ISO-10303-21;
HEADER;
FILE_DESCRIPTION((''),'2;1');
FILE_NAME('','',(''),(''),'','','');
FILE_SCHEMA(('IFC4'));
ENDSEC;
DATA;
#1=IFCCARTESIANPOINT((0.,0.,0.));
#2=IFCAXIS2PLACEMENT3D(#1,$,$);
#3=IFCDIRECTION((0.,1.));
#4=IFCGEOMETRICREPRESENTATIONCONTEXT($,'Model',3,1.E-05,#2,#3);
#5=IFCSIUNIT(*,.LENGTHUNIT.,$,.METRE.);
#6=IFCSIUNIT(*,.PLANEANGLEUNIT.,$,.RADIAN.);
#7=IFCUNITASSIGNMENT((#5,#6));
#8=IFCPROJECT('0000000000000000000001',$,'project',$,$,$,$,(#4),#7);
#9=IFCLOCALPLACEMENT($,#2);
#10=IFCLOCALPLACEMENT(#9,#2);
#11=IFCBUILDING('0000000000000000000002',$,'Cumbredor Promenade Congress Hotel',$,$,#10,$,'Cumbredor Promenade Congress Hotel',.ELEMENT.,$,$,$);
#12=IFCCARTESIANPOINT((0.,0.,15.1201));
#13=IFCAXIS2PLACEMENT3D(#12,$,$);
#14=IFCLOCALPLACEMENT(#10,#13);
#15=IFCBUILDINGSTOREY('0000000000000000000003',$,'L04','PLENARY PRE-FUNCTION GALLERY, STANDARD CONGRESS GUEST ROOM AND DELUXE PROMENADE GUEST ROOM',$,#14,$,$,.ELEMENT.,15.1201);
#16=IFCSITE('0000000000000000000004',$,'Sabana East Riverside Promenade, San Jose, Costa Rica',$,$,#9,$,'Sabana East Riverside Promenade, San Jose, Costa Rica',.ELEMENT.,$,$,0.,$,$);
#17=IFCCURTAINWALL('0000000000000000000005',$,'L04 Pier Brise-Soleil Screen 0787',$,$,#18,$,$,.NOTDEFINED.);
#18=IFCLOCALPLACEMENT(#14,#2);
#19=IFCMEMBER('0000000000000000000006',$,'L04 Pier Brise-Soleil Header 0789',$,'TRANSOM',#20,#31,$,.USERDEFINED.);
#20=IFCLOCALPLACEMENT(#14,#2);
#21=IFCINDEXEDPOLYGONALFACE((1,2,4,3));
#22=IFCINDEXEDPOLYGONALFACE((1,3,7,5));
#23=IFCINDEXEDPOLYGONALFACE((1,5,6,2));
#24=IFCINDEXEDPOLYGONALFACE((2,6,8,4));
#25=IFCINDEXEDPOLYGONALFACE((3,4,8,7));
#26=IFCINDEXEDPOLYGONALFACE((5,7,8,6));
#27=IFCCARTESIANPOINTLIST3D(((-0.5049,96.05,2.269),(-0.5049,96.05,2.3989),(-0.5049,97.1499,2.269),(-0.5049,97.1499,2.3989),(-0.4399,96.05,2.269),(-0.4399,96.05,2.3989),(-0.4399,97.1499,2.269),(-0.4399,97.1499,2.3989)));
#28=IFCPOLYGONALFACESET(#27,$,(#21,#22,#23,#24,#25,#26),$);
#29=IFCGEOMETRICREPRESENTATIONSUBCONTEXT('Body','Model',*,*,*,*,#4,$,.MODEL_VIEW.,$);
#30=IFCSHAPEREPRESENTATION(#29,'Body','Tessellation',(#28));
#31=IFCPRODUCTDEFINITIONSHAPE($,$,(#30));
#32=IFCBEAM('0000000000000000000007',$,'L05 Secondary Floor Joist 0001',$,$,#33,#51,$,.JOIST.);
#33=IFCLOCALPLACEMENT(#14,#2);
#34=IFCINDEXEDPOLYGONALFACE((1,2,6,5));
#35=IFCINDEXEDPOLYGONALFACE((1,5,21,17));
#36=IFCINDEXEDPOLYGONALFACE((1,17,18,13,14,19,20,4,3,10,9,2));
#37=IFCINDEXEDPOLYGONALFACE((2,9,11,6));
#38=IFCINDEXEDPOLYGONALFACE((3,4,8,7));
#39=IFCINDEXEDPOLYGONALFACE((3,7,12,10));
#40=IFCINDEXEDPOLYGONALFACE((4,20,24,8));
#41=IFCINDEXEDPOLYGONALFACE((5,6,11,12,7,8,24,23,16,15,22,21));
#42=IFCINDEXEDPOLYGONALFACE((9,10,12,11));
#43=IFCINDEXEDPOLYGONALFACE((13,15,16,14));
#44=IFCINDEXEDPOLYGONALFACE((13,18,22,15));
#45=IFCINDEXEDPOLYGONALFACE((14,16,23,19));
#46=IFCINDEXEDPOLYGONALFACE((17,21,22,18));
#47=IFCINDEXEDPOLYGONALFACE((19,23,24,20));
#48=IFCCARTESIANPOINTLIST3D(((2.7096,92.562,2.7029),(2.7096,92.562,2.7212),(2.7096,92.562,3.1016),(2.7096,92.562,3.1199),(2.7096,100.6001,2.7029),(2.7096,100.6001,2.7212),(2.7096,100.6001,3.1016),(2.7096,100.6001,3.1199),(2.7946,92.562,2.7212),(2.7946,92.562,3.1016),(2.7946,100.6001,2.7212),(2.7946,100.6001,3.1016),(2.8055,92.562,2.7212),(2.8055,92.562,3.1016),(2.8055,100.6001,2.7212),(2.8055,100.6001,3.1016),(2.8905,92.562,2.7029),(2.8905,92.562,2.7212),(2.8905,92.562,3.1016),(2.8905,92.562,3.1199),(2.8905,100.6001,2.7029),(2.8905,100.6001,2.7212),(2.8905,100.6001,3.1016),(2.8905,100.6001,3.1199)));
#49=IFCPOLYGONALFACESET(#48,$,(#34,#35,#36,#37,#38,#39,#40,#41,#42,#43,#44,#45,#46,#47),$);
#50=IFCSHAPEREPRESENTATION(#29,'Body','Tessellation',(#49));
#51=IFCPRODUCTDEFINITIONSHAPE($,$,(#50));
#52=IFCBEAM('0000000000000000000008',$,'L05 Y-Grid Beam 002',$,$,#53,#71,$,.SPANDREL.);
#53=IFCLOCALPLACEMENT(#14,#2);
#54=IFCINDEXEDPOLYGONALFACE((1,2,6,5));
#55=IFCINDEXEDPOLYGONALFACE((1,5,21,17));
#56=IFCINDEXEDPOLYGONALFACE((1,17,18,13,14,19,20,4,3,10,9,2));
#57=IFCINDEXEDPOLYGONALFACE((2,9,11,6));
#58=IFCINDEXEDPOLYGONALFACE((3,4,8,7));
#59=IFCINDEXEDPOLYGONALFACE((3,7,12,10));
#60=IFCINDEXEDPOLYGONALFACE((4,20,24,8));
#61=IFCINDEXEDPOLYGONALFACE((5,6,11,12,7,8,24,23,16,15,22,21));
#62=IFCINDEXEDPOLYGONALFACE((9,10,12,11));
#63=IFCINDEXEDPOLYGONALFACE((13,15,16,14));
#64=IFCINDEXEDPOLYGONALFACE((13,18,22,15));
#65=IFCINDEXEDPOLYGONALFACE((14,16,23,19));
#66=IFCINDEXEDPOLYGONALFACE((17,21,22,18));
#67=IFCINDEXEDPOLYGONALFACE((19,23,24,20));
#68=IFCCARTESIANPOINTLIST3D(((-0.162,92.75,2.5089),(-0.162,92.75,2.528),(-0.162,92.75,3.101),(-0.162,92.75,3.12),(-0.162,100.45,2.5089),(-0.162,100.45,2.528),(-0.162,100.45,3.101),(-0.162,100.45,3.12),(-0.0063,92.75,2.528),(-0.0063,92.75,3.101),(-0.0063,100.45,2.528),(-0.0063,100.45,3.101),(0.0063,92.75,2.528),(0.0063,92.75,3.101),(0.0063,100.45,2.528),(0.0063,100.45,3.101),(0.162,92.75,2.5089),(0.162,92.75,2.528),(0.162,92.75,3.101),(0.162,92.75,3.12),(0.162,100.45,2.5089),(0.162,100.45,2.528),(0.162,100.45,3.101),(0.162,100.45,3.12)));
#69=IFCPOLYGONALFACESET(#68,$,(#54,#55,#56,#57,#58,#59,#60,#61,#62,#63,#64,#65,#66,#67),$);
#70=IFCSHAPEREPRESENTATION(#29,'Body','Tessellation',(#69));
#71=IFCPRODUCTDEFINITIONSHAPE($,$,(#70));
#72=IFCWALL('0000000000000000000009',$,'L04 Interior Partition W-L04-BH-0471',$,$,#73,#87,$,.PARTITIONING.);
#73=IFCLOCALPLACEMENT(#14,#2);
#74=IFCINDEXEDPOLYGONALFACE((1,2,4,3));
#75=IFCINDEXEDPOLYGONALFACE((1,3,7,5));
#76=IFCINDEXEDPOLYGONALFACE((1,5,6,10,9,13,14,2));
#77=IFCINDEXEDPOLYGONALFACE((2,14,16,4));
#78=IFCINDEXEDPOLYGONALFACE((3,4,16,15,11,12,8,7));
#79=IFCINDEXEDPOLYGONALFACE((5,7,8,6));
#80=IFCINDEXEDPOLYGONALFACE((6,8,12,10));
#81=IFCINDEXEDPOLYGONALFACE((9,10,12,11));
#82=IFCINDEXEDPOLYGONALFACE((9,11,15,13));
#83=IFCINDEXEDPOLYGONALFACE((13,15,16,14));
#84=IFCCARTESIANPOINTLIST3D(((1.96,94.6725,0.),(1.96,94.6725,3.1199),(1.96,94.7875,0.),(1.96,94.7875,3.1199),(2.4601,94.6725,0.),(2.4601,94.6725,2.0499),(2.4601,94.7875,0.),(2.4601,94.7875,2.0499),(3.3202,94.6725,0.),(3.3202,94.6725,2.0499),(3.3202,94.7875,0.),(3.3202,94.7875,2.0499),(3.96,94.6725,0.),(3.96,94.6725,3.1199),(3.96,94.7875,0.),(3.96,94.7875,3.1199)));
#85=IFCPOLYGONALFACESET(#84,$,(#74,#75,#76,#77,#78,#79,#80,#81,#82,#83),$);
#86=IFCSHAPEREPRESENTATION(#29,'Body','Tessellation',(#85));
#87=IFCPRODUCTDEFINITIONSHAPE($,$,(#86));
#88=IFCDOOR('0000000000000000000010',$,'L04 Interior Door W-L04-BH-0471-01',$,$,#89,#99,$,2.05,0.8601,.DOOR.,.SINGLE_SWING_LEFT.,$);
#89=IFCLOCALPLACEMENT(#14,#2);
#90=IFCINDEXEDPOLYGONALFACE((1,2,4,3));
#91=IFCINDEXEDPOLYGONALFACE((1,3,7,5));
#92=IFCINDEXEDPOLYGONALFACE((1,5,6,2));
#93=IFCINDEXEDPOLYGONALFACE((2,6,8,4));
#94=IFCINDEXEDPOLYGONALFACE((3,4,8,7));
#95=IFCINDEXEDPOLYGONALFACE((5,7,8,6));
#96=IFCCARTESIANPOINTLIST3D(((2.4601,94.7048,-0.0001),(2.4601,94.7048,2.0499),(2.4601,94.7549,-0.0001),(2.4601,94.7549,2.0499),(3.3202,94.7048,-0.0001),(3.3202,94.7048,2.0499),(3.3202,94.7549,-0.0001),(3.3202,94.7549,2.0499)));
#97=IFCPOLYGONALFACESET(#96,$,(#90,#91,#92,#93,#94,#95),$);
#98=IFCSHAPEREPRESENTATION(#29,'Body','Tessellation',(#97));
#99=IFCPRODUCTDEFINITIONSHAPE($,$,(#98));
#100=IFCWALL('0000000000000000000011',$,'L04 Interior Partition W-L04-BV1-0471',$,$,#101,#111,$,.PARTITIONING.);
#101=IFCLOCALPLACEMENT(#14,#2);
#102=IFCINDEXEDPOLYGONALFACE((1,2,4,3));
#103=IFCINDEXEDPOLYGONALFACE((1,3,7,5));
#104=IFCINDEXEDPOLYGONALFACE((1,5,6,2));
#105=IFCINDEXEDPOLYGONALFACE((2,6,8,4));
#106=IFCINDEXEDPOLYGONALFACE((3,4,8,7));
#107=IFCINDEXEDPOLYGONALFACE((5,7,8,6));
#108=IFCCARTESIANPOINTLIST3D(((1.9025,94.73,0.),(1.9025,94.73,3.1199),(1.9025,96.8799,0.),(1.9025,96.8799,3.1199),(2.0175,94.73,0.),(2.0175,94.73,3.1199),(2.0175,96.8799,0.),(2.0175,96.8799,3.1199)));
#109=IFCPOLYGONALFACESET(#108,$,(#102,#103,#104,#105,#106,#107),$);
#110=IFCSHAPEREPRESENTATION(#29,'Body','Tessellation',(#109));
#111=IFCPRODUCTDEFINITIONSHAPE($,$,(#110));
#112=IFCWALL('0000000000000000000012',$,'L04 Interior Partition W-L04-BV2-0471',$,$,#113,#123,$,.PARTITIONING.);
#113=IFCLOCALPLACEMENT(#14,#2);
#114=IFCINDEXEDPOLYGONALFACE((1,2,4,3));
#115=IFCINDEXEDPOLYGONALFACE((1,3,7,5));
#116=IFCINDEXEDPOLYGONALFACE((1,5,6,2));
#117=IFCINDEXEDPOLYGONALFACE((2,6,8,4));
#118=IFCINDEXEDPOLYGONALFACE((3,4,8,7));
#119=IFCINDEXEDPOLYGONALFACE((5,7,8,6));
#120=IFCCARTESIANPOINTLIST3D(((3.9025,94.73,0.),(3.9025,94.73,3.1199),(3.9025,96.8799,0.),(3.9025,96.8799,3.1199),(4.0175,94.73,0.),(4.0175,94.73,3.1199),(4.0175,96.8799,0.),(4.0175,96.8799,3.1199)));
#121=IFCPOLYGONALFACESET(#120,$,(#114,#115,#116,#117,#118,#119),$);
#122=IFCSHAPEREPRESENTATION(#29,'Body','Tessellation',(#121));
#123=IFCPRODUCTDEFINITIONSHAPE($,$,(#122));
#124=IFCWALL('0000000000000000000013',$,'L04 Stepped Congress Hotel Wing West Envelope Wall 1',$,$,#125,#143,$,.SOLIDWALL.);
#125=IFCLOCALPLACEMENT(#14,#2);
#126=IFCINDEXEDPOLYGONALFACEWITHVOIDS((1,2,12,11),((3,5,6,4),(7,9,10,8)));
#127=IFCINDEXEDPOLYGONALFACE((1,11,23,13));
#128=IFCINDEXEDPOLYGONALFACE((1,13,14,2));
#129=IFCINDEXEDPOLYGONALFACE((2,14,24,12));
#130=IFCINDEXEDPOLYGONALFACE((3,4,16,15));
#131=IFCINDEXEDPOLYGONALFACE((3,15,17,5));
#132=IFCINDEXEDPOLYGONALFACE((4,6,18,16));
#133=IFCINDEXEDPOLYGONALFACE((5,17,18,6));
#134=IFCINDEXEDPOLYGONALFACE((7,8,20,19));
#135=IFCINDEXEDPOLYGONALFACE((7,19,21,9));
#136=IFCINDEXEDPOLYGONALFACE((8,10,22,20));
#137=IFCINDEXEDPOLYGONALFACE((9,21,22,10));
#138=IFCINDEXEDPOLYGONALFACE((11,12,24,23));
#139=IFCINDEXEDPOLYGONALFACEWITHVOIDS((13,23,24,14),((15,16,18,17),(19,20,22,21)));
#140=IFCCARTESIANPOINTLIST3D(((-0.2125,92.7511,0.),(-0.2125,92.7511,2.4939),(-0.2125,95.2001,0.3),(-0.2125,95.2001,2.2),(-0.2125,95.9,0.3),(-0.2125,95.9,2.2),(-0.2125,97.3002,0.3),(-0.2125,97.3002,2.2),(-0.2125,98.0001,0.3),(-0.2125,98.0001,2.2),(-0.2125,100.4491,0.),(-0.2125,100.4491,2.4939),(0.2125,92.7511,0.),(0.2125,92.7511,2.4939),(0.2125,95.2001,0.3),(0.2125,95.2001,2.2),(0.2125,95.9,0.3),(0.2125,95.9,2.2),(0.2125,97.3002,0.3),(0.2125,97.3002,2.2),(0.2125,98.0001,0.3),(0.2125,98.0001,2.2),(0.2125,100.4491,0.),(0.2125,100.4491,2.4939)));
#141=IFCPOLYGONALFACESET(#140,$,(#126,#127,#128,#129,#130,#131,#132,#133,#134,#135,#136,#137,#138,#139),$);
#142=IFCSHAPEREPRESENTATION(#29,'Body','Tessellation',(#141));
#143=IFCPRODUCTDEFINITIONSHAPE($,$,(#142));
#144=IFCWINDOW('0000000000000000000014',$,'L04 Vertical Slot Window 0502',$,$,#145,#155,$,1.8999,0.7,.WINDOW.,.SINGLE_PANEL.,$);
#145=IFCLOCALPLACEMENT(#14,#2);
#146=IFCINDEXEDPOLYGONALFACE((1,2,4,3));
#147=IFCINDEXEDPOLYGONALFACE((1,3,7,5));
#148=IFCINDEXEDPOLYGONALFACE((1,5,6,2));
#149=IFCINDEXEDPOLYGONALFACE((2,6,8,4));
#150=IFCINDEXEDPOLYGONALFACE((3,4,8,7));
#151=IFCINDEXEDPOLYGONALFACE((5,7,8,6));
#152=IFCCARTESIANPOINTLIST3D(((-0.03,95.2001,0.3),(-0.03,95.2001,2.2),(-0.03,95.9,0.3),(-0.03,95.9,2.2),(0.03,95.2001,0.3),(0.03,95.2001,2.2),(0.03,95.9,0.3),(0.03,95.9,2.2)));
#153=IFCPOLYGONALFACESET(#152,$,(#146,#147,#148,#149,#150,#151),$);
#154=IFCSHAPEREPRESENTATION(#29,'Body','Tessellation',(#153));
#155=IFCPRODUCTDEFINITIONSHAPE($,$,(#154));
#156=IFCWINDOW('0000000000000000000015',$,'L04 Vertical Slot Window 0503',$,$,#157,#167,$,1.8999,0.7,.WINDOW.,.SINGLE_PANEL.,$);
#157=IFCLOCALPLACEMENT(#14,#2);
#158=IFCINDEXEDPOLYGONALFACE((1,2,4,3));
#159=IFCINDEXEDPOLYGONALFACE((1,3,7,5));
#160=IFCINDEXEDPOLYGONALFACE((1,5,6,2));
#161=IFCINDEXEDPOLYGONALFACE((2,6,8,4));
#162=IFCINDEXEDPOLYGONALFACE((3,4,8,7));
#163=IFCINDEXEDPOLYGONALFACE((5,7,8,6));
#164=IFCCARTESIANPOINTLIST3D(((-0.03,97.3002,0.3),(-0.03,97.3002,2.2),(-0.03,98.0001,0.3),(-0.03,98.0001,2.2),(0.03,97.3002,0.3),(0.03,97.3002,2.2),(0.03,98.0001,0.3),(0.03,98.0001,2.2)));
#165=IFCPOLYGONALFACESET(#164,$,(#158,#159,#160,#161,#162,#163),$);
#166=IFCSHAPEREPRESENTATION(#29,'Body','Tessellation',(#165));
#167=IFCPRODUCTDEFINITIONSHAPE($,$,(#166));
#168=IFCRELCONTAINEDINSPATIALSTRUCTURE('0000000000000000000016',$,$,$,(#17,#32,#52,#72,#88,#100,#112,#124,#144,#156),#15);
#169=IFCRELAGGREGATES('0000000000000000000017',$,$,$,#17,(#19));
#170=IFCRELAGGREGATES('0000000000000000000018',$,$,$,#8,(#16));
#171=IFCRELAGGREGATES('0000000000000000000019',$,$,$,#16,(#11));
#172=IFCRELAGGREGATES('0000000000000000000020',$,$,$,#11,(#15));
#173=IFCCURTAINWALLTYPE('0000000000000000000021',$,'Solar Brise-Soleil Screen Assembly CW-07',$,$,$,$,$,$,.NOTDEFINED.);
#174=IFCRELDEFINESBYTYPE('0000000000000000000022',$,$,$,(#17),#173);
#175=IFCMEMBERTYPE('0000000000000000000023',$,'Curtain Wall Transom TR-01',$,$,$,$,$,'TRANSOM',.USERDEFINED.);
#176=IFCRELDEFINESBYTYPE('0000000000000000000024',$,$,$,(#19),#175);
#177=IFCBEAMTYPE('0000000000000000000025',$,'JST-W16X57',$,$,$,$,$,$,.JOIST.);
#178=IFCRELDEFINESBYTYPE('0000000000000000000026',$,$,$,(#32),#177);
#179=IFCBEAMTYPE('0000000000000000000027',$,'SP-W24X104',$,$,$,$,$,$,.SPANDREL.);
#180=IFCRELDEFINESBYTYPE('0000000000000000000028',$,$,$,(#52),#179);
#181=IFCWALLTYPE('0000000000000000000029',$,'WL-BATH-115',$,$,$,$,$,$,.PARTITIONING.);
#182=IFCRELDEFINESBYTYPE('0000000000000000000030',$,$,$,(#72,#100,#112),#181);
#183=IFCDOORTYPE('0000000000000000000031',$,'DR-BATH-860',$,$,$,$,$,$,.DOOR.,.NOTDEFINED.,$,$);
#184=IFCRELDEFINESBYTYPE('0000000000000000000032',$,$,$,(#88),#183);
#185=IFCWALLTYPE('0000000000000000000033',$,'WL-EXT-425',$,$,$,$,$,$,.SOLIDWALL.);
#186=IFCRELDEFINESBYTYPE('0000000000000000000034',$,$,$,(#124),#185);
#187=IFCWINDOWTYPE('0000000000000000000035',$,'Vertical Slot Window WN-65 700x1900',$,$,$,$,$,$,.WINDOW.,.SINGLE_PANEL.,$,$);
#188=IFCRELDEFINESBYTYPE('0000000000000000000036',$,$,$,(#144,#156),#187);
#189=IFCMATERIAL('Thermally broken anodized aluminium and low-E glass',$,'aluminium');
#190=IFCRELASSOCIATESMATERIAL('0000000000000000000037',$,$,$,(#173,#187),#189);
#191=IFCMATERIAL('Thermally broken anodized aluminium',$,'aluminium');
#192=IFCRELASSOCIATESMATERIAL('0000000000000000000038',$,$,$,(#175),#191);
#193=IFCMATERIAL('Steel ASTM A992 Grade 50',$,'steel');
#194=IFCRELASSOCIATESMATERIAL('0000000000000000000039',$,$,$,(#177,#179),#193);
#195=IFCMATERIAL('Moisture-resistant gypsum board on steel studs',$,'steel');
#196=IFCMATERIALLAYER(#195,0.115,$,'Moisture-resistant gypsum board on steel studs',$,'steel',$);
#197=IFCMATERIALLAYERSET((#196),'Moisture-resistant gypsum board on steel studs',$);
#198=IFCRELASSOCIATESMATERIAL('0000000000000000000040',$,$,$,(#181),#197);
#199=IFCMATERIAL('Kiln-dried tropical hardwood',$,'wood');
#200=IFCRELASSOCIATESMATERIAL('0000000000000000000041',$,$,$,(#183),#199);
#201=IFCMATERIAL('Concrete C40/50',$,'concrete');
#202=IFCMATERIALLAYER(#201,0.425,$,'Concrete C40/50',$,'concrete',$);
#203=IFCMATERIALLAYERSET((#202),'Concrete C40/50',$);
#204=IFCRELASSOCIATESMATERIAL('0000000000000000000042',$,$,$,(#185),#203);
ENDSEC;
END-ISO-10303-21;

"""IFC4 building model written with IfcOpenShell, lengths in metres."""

from ifc_helpers import new_model, si_unit, direction, frame, frame_2d, origin, origin_2d, place, context, subcontext, project, spatial, rectangle, i_section, extrude, material, layer, layer_set, material_profile, profile_set, type_object, element, fill, aggregate, save


model = new_model("IFC4")

# Units and contexts
model_context = context("Model", 3, precision=1e-05, world=origin(), true_north=direction((0.0, 1.0)))
body_context = subcontext(model_context, "Body", "Model", "MODEL_VIEW")
ifc_project = project(units=[si_unit("LENGTHUNIT", "METRE"), si_unit("PLANEANGLEUNIT", "RADIAN")], contexts=[model_context])

# Site, building, storey
site_placement = place(None, origin())
site = spatial("IfcSite", under=ifc_project, at=site_placement, Name="Sabana East Riverside Promenade, San Jose, Costa Rica", LongName="Sabana East Riverside Promenade, San Jose, Costa Rica", CompositionType="ELEMENT", RefElevation=0.0)
building_placement = place(site_placement, origin())
building = spatial("IfcBuilding", under=site, at=building_placement, Name="Cumbredor Promenade Congress Hotel", LongName="Cumbredor Promenade Congress Hotel", CompositionType="ELEMENT")
storey_placement = place(building_placement, frame((0.0, 0.0, 15.1201)))
storey = spatial("IfcBuildingStorey", under=building, at=storey_placement, Name="L04", Description="PLENARY PRE-FUNCTION GALLERY, STANDARD CONGRESS GUEST ROOM AND DELUXE PROMENADE GUEST ROOM", CompositionType="ELEMENT", Elevation=15.1201)

# Curtain wall, member
ifc_material_1 = material(Name="Thermally broken anodized aluminium and low-E glass", Category="aluminium")
curtain_wall_type = type_object("IfcCurtainWallType", Name="Solar Brise-Soleil Screen Assembly CW-07", PredefinedType="NOTDEFINED", material=ifc_material_1)
curtain_wall_placement = place(storey_placement, origin())
curtain_wall = element("IfcCurtainWall", 1, at=curtain_wall_placement, inside=storey, type_object=curtain_wall_type, Name="L04 Pier Brise-Soleil Screen 0787", PredefinedType="NOTDEFINED")
ifc_material_2 = material(Name="Thermally broken anodized aluminium", Category="aluminium")
ifc_material_profile_1 = material_profile(ifc_material_2, rectangle(XDim=0.0649, YDim=0.1299, at=origin_2d()), Name="ALU TRANSOM 65x130")
ifc_profile_set_1 = profile_set([ifc_material_profile_1], Name="Thermally broken anodized aluminium")
member_type = type_object("IfcMemberType", Name="Curtain Wall Transom TR-01", ElementType="TRANSOM", PredefinedType="USERDEFINED", material=ifc_profile_set_1)
member_placement = place(storey_placement, frame((-0.4724, 96.05, 2.334), z_axis=(0.0, 1.0, 0.0), x_axis=(-1.0, 0.0, 0.0)))
member = element("IfcMember", 2, at=member_placement, type_object=member_type, Name="L04 Pier Brise-Soleil Header 0789", ObjectType="TRANSOM", PredefinedType="USERDEFINED", context=body_context, shape_type="SweptSolid", body=[
    extrude(rectangle(XDim=0.0649, YDim=0.1299, at=origin_2d()), origin(), (0.0, 0.0, 1.0), 1.0999),
])
aggregate(curtain_wall, [member])

# Beams
ifc_material_3 = material(Name="Steel ASTM A992 Grade 50", Category="steel")
ifc_material_profile_2 = material_profile(ifc_material_3, i_section(OverallWidth=0.1809, OverallDepth=0.417, WebThickness=0.011, FlangeThickness=0.0183, at=origin_2d()), Name="W16X57")
ifc_profile_set_2 = profile_set([ifc_material_profile_2], Name="Steel ASTM A992 Grade 50")
beam_type_1 = type_object("IfcBeamType", Name="JST-W16X57", PredefinedType="JOIST", material=ifc_profile_set_2)
beam_1_placement = place(storey_placement, frame((2.8, 92.562, 2.9114), z_axis=(0.0, 1.0, 0.0), x_axis=(-1.0, 0.0, 0.0)))
element("IfcBeam", 3, at=beam_1_placement, inside=storey, type_object=beam_type_1, Name="L05 Secondary Floor Joist 0001", PredefinedType="JOIST", context=body_context, shape_type="SweptSolid", body=[
    extrude(i_section(OverallWidth=0.1809, OverallDepth=0.417, WebThickness=0.011, FlangeThickness=0.0183, at=origin_2d()), origin(), (0.0, 0.0, 1.0), 8.0381),
])
ifc_material_profile_3 = material_profile(ifc_material_3, i_section(OverallWidth=0.324, OverallDepth=0.6111, WebThickness=0.0127, FlangeThickness=0.019, at=origin_2d()), Name="W24X104")
ifc_profile_set_3 = profile_set([ifc_material_profile_3], Name="Steel ASTM A992 Grade 50")
beam_type_2 = type_object("IfcBeamType", Name="SP-W24X104", PredefinedType="SPANDREL", material=ifc_profile_set_3)
beam_2_placement = place(storey_placement, frame((0.0, 92.75, 2.8145), z_axis=(0.0, 1.0, 0.0), x_axis=(-1.0, 0.0, 0.0)))
element("IfcBeam", 4, at=beam_2_placement, inside=storey, type_object=beam_type_2, Name="L05 Y-Grid Beam 002", PredefinedType="SPANDREL", context=body_context, shape_type="SweptSolid", body=[
    extrude(i_section(OverallWidth=0.324, OverallDepth=0.6111, WebThickness=0.0127, FlangeThickness=0.019, at=origin_2d()), origin(), (0.0, 0.0, 1.0), 7.7),
])

# Wall, opening, door
ifc_material_4 = material(Name="Moisture-resistant gypsum board on steel studs", Category="steel")
ifc_layer_1 = layer(ifc_material_4, 0.115, Name="Moisture-resistant gypsum board on steel studs", Category="steel")
ifc_layer_set_1 = layer_set([ifc_layer_1], Name="Moisture-resistant gypsum board on steel studs")
wall_type_1 = type_object("IfcWallType", Name="WL-BATH-115", PredefinedType="PARTITIONING", material=ifc_layer_set_1)
wall_1_placement = place(storey_placement, frame((1.96, 94.73, 0.0), z_axis=(0.0, 0.0, 1.0), x_axis=(1.0, 0.0, 0.0)))
wall_1 = element("IfcWall", 5, at=wall_1_placement, inside=storey, type_object=wall_type_1, Name="L04 Interior Partition W-L04-BH-0471", PredefinedType="PARTITIONING", context=body_context, shape_type="SweptSolid", body=[
    extrude(rectangle(XDim=2.0, YDim=0.115, at=frame_2d((1.0, 0.0))), origin(), (0.0, 0.0, 1.0), 3.1199),
])
opening_1_placement = place(wall_1_placement, frame((0.5, 0.0, 0.0)))
opening_1 = element("IfcOpeningElement", 6, at=opening_1_placement, cuts=wall_1, PredefinedType="OPENING", context=body_context, shape_type="SweptSolid", body=[
    extrude(rectangle(XDim=0.8601, YDim=2.05, at=frame_2d((0.4302, 1.0249))), frame((0.0, 0.0674, 0.0), z_axis=(0.0, -1.0, 0.0), x_axis=(1.0, 0.0, 0.0)), (0.0, 0.0, 1.0), 0.135),
])
ifc_material_5 = material(Name="Kiln-dried tropical hardwood", Category="wood")
door_type = type_object("IfcDoorType", Name="DR-BATH-860", OperationType="NOTDEFINED", PredefinedType="DOOR", material=ifc_material_5)
door_placement = place(opening_1_placement, origin())
door = element("IfcDoor", 7, at=door_placement, inside=storey, type_object=door_type, Name="L04 Interior Door W-L04-BH-0471-01", OperationType="SINGLE_SWING_LEFT", OverallHeight=2.05, OverallWidth=0.8601, PredefinedType="DOOR", context=body_context, shape_type="SweptSolid", body=[
    extrude(rectangle(XDim=0.8601, YDim=2.05, at=frame_2d((0.4302, 1.0249))), frame((0.0, 0.0249, 0.0), z_axis=(0.0, -1.0, 0.0), x_axis=(1.0, 0.0, 0.0)), (0.0, 0.0, 1.0), 0.05),
])
fill(opening_1, door)

# Walls
for number, where, z_axis, x_axis, name in (
    (8, (1.96, 94.73, 0.0), (0.0, 0.0, 1.0), (0.0, 1.0, 0.0), "L04 Interior Partition W-L04-BV1-0471"),
    (9, (3.96, 94.73, 0.0), (0.0, 0.0, 1.0), (0.0, 1.0, 0.0), "L04 Interior Partition W-L04-BV2-0471"),
):
    element("IfcWall", number, at=place(storey_placement, frame(where, z_axis=z_axis, x_axis=x_axis)), inside=storey, type_object=wall_type_1, Name=name, PredefinedType="PARTITIONING", context=body_context, shape_type="SweptSolid", body=[
        extrude(rectangle(XDim=2.1499, YDim=0.115, at=frame_2d((1.075, 0.0))), origin(), (0.0, 0.0, 1.0), 3.1199),
    ])

# Wall, openings, windows
ifc_material_6 = material(Name="Concrete C40/50", Category="concrete")
ifc_layer_2 = layer(ifc_material_6, 0.425, Name="Concrete C40/50", Category="concrete")
ifc_layer_set_2 = layer_set([ifc_layer_2], Name="Concrete C40/50")
wall_type_2 = type_object("IfcWallType", Name="WL-EXT-425", PredefinedType="SOLIDWALL", material=ifc_layer_set_2)
wall_2_placement = place(storey_placement, frame((0.0, 92.751, 0.0), z_axis=(0.0, 0.0, 1.0), x_axis=(0.0, 1.0, 0.0)))
wall_2 = element("IfcWall", 10, at=wall_2_placement, inside=storey, type_object=wall_type_2, Name="L04 Stepped Congress Hotel Wing West Envelope Wall 1", PredefinedType="SOLIDWALL", context=body_context, shape_type="SweptSolid", body=[
    extrude(rectangle(XDim=7.698, YDim=0.425, at=frame_2d((3.8491, 0.0))), origin(), (0.0, 0.0, 1.0), 2.4939),
])
opening_2_placement = place(wall_2_placement, frame((2.449, 0.0, 0.3)))
opening_2 = element("IfcOpeningElement", 11, at=opening_2_placement, cuts=wall_2, PredefinedType="OPENING", context=body_context, shape_type="SweptSolid", body=[
    extrude(rectangle(XDim=0.7, YDim=1.8999, at=frame_2d((0.3501, 0.95))), frame((0.0, 0.2227, 0.0), z_axis=(0.0, -1.0, 0.0), x_axis=(1.0, 0.0, 0.0)), (0.0, 0.0, 1.0), 0.4451),
])
opening_3_placement = place(wall_2_placement, frame((4.5491, 0.0, 0.3)))
opening_3 = element("IfcOpeningElement", 12, at=opening_3_placement, cuts=wall_2, PredefinedType="OPENING", context=body_context, shape_type="SweptSolid", body=[
    extrude(rectangle(XDim=0.7, YDim=1.8999, at=frame_2d((0.3501, 0.95))), frame((0.0, 0.2227, 0.0), z_axis=(0.0, -1.0, 0.0), x_axis=(1.0, 0.0, 0.0)), (0.0, 0.0, 1.0), 0.4451),
])
window_type = type_object("IfcWindowType", Name="Vertical Slot Window WN-65 700x1900", PartitioningType="SINGLE_PANEL", PredefinedType="WINDOW", material=ifc_material_1)
window_1_placement = place(opening_2_placement, origin())
window_1 = element("IfcWindow", 13, at=window_1_placement, inside=storey, type_object=window_type, Name="L04 Vertical Slot Window 0502", OverallHeight=1.8999, OverallWidth=0.7, PartitioningType="SINGLE_PANEL", PredefinedType="WINDOW", context=body_context, shape_type="SweptSolid", body=[
    extrude(rectangle(XDim=0.7, YDim=1.8999, at=frame_2d((0.3501, 0.95))), frame((0.0, 0.03, 0.0), z_axis=(0.0, -1.0, 0.0), x_axis=(1.0, 0.0, 0.0)), (0.0, 0.0, 1.0), 0.0601),
])
fill(opening_2, window_1)
window_2_placement = place(opening_3_placement, origin())
window_2 = element("IfcWindow", 14, at=window_2_placement, inside=storey, type_object=window_type, Name="L04 Vertical Slot Window 0503", OverallHeight=1.8999, OverallWidth=0.7, PartitioningType="SINGLE_PANEL", PredefinedType="WINDOW", context=body_context, shape_type="SweptSolid", body=[
    extrude(rectangle(XDim=0.7, YDim=1.8999, at=frame_2d((0.3501, 0.95))), frame((0.0, 0.03, 0.0), z_axis=(0.0, -1.0, 0.0), x_axis=(1.0, 0.0, 0.0)), (0.0, 0.0, 1.0), 0.0601),
])
fill(opening_3, window_2)

save(model, "model.ifc")
